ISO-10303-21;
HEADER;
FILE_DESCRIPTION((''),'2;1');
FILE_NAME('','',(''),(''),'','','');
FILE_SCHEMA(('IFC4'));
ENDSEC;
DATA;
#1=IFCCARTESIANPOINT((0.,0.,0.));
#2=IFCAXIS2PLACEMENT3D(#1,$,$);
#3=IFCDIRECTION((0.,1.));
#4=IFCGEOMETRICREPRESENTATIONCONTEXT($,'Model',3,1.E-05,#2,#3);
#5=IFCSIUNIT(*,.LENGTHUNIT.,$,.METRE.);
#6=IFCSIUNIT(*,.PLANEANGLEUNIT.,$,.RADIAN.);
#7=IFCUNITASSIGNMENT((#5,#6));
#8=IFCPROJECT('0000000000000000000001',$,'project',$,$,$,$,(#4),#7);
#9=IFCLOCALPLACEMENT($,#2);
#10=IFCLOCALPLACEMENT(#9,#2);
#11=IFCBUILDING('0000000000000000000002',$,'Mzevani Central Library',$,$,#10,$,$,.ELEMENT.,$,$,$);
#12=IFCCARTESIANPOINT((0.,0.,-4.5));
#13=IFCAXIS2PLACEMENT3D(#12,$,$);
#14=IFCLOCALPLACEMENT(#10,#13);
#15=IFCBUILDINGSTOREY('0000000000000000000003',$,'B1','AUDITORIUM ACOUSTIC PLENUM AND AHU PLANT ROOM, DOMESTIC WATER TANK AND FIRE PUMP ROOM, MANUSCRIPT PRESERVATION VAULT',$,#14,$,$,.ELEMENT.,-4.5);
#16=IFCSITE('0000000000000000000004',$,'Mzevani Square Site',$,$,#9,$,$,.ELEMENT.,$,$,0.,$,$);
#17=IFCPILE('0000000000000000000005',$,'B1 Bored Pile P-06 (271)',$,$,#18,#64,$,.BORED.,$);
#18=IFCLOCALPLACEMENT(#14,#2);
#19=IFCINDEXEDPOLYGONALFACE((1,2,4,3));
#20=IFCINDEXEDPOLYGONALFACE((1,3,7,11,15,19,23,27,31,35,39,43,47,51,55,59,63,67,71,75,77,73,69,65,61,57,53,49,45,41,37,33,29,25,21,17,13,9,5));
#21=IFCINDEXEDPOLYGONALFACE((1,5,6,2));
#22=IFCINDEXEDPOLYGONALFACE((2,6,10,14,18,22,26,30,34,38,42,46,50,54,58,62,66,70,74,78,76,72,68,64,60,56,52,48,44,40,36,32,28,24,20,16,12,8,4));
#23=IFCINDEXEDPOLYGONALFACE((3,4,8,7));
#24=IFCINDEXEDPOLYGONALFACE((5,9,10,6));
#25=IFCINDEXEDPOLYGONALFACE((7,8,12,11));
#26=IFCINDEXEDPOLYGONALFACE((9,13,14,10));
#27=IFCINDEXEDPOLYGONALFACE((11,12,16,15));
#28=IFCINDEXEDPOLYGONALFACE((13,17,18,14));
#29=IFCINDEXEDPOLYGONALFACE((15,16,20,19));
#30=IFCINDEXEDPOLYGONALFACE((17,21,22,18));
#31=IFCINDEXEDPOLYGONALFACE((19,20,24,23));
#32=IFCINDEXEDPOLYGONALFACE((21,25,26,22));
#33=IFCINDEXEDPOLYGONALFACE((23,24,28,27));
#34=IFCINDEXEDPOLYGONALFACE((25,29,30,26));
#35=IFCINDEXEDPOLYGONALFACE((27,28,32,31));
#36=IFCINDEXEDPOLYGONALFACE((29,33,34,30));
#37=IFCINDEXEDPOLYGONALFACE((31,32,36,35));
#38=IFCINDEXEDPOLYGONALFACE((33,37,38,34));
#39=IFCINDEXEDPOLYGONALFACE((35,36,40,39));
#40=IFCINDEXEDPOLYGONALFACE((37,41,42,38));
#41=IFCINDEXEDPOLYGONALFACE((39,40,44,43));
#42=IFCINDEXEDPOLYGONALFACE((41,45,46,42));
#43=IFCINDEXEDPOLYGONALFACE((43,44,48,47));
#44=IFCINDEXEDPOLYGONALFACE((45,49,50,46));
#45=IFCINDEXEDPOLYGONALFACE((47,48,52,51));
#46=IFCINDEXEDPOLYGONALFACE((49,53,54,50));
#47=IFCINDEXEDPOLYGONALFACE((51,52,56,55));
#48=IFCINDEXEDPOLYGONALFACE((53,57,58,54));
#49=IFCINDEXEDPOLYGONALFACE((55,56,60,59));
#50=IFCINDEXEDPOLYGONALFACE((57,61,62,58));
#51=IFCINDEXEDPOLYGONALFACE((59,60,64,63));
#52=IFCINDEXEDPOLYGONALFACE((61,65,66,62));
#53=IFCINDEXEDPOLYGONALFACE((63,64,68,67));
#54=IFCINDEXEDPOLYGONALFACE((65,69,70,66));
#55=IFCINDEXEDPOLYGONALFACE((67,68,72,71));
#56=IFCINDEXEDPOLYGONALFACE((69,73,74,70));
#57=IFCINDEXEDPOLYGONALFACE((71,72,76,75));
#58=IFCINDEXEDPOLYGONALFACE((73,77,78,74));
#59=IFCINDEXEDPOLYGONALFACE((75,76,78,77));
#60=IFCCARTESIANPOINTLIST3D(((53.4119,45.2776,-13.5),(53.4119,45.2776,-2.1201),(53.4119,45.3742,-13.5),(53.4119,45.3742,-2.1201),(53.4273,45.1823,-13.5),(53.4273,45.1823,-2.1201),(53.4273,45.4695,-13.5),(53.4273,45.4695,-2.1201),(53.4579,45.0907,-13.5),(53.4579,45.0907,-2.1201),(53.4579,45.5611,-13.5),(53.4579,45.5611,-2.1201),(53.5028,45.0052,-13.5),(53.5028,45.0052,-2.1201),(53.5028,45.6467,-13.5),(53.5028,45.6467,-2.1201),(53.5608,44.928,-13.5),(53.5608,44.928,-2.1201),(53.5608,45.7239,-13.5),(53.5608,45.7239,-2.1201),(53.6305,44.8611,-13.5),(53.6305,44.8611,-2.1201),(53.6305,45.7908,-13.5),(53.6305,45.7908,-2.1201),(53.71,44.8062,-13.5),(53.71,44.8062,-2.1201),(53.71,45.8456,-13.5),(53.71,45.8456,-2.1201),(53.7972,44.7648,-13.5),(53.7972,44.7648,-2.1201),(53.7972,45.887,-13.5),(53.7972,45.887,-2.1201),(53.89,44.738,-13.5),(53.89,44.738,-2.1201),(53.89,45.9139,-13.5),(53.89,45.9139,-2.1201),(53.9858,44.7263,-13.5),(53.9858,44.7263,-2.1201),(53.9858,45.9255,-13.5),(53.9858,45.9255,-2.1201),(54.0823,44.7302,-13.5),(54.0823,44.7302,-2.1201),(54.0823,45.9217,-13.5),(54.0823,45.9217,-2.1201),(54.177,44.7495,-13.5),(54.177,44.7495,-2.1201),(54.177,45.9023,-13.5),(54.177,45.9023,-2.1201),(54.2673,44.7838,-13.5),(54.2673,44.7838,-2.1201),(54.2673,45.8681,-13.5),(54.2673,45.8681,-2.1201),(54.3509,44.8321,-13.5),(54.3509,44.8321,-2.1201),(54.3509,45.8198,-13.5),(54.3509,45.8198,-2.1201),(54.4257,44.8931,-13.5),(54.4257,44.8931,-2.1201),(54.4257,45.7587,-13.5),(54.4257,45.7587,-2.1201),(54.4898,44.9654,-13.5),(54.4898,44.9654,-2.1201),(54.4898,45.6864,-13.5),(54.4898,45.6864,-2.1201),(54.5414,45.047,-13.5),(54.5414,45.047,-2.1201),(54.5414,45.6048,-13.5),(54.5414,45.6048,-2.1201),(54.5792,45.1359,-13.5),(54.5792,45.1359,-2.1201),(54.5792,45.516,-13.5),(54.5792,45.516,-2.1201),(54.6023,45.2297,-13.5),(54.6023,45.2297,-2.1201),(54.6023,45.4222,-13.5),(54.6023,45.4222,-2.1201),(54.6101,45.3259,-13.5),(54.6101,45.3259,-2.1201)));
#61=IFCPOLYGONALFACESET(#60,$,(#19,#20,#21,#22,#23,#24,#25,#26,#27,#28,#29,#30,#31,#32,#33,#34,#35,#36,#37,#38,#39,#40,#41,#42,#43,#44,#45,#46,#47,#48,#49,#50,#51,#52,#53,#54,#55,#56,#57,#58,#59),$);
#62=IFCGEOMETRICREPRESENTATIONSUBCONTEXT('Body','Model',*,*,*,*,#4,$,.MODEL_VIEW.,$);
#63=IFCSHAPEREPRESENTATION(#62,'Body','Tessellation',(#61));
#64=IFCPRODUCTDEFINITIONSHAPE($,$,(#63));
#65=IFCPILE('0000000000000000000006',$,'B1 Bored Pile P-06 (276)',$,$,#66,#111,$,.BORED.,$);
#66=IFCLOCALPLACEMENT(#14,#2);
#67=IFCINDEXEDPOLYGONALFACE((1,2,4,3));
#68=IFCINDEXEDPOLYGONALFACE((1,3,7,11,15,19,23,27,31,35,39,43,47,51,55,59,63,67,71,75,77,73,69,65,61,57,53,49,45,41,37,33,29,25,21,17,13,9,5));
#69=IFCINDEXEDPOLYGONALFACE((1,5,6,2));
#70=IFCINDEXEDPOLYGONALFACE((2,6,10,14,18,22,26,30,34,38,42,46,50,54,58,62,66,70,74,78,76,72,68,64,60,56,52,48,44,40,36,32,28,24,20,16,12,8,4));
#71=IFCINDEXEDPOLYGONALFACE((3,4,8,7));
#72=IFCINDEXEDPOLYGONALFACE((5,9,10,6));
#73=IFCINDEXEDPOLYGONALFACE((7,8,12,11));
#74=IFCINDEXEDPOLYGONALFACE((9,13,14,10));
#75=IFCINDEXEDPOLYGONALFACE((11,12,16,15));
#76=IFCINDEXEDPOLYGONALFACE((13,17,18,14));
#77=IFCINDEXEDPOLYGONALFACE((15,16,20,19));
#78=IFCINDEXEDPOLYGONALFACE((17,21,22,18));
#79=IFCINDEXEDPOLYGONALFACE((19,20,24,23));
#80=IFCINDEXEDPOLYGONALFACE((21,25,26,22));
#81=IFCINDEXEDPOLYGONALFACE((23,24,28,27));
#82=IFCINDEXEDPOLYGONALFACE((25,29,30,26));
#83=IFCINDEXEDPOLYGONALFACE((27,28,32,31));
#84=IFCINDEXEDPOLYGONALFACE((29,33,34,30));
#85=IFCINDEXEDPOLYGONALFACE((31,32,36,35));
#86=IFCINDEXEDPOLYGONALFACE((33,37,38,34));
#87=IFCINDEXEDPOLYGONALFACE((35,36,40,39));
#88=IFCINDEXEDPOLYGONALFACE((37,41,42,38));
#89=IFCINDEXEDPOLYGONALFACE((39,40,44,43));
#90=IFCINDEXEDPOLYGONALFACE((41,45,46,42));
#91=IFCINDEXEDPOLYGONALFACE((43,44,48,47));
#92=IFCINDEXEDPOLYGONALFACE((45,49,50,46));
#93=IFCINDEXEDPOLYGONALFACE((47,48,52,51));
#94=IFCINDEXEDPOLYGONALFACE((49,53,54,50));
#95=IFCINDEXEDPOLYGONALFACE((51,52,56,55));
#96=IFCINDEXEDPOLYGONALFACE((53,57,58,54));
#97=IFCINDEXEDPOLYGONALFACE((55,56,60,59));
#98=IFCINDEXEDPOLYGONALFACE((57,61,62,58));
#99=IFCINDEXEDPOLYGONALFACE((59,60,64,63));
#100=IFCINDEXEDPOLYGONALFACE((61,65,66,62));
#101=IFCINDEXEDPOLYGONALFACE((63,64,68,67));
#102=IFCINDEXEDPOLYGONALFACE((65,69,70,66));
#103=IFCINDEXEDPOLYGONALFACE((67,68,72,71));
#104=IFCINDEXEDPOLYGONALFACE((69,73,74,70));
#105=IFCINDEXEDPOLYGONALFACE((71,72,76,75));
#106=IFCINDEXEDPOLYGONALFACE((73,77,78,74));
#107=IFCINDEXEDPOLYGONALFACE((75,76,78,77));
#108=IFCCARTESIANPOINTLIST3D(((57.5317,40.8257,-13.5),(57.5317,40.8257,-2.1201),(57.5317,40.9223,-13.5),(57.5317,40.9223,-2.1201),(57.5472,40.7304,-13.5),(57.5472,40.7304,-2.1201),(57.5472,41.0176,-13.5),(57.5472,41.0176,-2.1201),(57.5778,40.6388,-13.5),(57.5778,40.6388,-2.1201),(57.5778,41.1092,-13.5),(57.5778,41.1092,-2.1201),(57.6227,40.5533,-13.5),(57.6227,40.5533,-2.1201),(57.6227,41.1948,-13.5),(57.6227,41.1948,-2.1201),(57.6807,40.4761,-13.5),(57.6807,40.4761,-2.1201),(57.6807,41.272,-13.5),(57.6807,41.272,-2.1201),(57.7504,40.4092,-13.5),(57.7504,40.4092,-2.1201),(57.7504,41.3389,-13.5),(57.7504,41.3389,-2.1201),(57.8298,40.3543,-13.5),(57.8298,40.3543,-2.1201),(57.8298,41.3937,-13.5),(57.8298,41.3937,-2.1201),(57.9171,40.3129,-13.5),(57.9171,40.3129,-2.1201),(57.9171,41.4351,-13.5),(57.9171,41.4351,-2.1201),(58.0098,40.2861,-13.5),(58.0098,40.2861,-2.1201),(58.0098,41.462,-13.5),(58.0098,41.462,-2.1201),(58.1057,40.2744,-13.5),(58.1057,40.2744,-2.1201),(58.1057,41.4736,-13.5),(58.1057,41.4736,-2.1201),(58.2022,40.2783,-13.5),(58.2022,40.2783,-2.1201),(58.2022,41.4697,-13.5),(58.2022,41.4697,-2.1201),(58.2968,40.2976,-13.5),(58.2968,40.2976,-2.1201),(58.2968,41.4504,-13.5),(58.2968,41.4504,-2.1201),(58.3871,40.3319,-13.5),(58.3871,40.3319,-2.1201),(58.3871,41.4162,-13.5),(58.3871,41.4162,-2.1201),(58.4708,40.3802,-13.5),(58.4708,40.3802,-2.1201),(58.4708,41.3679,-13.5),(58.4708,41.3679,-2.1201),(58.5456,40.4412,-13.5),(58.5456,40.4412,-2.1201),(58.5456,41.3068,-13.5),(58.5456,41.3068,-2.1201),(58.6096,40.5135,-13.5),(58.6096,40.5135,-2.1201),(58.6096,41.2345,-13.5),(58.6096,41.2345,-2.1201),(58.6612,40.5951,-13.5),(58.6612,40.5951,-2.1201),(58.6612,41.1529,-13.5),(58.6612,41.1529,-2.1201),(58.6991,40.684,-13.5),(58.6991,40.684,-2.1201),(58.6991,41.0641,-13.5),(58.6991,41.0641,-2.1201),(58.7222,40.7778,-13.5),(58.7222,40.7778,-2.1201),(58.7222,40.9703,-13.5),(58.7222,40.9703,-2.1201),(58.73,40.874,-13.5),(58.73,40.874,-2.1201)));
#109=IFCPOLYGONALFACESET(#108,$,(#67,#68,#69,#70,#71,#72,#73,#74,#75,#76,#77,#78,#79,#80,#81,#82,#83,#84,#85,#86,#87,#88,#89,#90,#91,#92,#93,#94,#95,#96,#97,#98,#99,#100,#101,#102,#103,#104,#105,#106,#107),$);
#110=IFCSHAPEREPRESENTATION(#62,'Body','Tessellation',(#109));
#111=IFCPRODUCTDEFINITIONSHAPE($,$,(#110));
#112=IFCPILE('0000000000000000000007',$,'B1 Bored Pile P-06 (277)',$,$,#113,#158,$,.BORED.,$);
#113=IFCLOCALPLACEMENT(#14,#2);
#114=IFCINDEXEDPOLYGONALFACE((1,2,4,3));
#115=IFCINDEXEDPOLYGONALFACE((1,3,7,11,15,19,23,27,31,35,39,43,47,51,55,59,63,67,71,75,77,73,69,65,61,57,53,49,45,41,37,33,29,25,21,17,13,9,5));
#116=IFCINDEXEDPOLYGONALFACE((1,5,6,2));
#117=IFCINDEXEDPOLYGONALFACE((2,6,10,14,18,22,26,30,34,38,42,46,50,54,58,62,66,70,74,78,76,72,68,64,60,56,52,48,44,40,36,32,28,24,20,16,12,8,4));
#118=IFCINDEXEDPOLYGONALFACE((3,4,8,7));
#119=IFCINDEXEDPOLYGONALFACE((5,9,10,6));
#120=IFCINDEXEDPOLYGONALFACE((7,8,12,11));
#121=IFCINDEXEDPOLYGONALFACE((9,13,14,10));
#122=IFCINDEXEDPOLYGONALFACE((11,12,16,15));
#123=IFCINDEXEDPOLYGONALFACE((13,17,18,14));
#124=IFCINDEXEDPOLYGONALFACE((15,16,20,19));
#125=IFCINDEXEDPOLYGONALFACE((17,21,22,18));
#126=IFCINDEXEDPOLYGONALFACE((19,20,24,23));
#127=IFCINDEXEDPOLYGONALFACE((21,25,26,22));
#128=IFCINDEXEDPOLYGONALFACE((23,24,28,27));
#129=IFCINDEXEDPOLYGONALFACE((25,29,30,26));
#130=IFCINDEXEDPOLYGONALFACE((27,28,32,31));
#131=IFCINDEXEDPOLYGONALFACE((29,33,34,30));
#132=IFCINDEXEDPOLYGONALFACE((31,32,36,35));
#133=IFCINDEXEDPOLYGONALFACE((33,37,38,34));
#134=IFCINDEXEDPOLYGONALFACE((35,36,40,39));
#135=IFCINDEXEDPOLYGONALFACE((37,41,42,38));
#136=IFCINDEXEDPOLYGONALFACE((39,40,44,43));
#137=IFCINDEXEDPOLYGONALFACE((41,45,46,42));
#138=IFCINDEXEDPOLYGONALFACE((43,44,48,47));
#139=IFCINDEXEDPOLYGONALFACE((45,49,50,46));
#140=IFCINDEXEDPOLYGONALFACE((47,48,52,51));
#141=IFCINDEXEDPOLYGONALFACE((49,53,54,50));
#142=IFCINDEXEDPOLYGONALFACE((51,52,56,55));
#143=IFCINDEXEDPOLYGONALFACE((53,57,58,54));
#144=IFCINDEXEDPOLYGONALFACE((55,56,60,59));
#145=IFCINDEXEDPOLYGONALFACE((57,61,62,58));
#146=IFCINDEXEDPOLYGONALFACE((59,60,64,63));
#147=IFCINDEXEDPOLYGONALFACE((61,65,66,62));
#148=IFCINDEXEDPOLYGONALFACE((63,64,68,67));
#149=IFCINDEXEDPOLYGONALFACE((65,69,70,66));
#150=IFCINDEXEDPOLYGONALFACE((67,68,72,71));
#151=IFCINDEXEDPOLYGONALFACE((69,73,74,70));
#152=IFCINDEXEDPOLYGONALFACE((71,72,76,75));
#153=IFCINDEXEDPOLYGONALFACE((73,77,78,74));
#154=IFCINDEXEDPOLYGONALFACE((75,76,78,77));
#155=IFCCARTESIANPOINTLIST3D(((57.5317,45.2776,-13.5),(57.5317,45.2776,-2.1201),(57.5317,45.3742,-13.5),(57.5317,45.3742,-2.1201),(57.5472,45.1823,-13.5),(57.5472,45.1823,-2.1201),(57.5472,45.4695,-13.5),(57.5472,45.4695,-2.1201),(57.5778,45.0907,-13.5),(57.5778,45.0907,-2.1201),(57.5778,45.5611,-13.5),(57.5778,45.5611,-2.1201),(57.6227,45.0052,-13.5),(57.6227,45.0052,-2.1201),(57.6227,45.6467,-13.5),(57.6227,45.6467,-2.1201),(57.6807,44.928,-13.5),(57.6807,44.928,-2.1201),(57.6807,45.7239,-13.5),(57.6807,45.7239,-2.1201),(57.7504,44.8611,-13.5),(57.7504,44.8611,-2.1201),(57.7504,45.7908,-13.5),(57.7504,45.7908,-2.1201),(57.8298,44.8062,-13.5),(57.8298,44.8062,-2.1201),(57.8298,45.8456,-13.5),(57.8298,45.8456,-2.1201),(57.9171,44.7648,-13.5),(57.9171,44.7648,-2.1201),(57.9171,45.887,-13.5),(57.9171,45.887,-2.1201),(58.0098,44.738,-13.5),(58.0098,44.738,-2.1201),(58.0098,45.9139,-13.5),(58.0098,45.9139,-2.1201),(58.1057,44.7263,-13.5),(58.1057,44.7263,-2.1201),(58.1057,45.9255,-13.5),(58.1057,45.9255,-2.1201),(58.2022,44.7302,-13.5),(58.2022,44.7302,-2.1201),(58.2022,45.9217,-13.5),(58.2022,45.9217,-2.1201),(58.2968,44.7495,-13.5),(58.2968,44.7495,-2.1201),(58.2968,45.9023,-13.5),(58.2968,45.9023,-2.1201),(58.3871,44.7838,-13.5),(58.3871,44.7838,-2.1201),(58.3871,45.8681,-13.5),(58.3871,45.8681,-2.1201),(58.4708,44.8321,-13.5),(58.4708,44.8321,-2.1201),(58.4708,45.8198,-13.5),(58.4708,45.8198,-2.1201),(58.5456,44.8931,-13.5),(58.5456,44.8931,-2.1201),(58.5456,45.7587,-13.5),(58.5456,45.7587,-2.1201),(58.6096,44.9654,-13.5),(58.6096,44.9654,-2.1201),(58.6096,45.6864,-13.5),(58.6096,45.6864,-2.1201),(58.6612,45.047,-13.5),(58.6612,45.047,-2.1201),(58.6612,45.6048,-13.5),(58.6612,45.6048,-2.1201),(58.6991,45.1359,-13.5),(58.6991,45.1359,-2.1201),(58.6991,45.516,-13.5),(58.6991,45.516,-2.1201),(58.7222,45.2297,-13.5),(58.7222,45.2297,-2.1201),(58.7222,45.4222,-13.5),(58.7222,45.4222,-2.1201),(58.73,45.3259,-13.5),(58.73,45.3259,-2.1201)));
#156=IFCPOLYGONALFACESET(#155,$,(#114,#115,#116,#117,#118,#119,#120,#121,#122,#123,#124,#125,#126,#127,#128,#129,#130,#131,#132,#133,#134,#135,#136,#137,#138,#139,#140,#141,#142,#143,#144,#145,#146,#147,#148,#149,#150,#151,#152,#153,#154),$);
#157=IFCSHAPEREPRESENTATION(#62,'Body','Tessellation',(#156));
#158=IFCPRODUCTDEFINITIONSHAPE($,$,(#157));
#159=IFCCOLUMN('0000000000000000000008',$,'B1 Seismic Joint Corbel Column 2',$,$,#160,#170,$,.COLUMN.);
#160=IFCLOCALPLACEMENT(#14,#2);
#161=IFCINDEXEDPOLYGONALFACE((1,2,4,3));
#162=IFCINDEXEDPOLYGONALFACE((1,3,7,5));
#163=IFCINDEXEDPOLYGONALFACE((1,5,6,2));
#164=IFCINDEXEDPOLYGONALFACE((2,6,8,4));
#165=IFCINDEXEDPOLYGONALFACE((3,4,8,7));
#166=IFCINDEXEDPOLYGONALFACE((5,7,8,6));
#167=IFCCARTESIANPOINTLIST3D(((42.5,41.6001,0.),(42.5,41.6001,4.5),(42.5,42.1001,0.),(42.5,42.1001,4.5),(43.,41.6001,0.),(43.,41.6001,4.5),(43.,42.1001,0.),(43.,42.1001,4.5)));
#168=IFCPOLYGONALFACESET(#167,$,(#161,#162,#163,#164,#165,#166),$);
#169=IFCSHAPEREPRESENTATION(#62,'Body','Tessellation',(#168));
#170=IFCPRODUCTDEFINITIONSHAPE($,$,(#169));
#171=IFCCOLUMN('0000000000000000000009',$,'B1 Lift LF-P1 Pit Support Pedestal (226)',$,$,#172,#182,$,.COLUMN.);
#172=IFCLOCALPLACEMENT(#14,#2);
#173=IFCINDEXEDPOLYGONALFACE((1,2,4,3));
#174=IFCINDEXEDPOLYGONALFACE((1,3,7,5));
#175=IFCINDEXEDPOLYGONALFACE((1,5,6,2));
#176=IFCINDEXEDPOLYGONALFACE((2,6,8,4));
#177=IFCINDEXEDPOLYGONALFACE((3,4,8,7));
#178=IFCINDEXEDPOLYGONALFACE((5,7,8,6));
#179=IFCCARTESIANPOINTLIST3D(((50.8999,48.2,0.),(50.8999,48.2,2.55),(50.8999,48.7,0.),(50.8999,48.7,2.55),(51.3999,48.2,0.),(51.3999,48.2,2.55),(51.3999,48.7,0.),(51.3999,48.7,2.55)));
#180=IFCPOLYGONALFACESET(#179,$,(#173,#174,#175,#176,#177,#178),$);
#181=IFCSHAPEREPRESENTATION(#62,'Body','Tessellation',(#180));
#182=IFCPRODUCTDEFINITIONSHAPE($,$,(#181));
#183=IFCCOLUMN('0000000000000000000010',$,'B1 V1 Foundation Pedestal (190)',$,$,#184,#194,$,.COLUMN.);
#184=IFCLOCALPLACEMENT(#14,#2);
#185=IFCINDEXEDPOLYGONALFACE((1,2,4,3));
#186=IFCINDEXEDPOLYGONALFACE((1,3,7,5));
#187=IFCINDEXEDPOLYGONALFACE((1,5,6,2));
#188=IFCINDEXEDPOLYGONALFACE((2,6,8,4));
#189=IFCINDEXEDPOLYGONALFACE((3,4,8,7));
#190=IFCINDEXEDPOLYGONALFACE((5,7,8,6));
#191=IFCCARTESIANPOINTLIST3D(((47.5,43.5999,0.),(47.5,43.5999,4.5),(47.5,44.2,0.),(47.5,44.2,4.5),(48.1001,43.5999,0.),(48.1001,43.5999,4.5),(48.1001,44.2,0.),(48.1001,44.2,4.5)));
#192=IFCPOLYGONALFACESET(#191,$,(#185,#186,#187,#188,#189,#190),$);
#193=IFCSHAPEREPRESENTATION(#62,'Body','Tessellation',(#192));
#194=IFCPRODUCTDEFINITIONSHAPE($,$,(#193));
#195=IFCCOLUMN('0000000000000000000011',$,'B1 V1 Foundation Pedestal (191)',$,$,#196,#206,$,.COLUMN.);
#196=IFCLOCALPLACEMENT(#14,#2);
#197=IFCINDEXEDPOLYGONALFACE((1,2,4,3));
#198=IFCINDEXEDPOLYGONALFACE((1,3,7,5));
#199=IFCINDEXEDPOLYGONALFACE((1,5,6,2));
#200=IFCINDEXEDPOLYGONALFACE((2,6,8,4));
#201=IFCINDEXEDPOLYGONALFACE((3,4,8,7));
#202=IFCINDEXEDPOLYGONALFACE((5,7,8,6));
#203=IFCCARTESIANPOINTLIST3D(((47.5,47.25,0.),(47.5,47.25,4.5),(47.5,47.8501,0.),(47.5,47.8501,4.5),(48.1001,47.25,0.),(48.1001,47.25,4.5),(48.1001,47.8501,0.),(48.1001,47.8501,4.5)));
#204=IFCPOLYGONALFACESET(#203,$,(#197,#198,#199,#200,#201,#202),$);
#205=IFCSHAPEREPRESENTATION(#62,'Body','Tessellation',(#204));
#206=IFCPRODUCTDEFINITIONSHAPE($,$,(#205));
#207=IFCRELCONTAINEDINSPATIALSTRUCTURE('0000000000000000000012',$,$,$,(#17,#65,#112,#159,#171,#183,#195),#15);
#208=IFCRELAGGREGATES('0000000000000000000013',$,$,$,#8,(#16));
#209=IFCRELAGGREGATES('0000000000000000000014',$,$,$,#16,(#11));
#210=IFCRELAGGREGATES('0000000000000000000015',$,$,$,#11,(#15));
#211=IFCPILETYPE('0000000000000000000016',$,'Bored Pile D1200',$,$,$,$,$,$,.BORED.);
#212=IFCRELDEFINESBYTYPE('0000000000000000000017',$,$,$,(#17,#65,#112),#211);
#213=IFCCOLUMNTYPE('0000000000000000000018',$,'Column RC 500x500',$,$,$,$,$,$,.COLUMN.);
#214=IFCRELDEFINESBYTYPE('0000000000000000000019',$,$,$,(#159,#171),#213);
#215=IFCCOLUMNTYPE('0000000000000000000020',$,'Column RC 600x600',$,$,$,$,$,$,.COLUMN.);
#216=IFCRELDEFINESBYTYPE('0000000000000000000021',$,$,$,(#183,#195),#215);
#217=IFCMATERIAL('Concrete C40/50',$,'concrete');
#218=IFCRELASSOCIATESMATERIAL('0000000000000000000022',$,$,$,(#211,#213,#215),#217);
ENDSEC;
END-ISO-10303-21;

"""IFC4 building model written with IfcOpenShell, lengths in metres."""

from ifc_helpers import new_model, si_unit, direction, frame, origin, origin_2d, place, context, subcontext, project, spatial, rectangle, circle, extrude, material, material_profile, profile_set, type_object, element, save


model = new_model("IFC4")

# Units and contexts
model_context = context("Model", 3, precision=1e-05, world=origin(), true_north=direction((0.0, 1.0)))
body_context = subcontext(model_context, "Body", "Model", "MODEL_VIEW")
ifc_project = project(units=[si_unit("LENGTHUNIT", "METRE"), si_unit("PLANEANGLEUNIT", "RADIAN")], contexts=[model_context])

# Site, building, storey
site_placement = place(None, origin())
site = spatial("IfcSite", under=ifc_project, at=site_placement, Name="Mzevani Square Site", CompositionType="ELEMENT", RefElevation=0.0)
building_placement = place(site_placement, origin())
building = spatial("IfcBuilding", under=site, at=building_placement, Name="Mzevani Central Library", CompositionType="ELEMENT")
storey_placement = place(building_placement, frame((0.0, 0.0, -4.5)))
storey = spatial("IfcBuildingStorey", under=building, at=storey_placement, Name="B1", Description="AUDITORIUM ACOUSTIC PLENUM AND AHU PLANT ROOM, DOMESTIC WATER TANK AND FIRE PUMP ROOM, MANUSCRIPT PRESERVATION VAULT", CompositionType="ELEMENT", Elevation=-4.5)

# Piles
ifc_material_1 = material(Name="Concrete C40/50", Category="concrete")
ifc_material_profile_1 = material_profile(ifc_material_1, circle(Radius=0.6001, at=origin_2d()), Name="PILE D1200")
ifc_profile_set_1 = profile_set([ifc_material_profile_1], Name="Concrete C40/50")
pile_type = type_object("IfcPileType", Name="Bored Pile D1200", PredefinedType="BORED", material=ifc_profile_set_1)
for number, where, z_axis, x_axis, name in (
    (1, (54.01, 45.3259, -2.1201), (0.0, 0.0, -1.0), (1.0, 0.0, 0.0), "B1 Bored Pile P-06 (271)"),
    (2, (58.1299, 40.874, -2.1201), (0.0, 0.0, -1.0), (1.0, 0.0, 0.0), "B1 Bored Pile P-06 (276)"),
    (3, (58.1299, 45.3259, -2.1201), (0.0, 0.0, -1.0), (1.0, 0.0, 0.0), "B1 Bored Pile P-06 (277)"),
):
    element("IfcPile", number, at=place(storey_placement, frame(where, z_axis=z_axis, x_axis=x_axis)), inside=storey, type_object=pile_type, Name=name, PredefinedType="BORED", context=body_context, shape_type="SweptSolid", body=[
        extrude(circle(Radius=0.6001, at=origin_2d()), origin(), (0.0, 0.0, 1.0), 11.3799),
    ])

# Columns
ifc_material_profile_2 = material_profile(ifc_material_1, rectangle(XDim=0.5, YDim=0.5, at=origin_2d()), Name="RC 500x500")
ifc_profile_set_2 = profile_set([ifc_material_profile_2], Name="Concrete C40/50")
column_type_1 = type_object("IfcColumnType", Name="Column RC 500x500", PredefinedType="COLUMN", material=ifc_profile_set_2)
column_1_placement = place(storey_placement, frame((42.75, 41.8501, 0.0), z_axis=(0.0, 0.0, 1.0), x_axis=(1.0, 0.0, 0.0)))
element("IfcColumn", 4, at=column_1_placement, inside=storey, type_object=column_type_1, Name="B1 Seismic Joint Corbel Column 2", PredefinedType="COLUMN", context=body_context, shape_type="SweptSolid", body=[
    extrude(rectangle(XDim=0.5, YDim=0.5, at=origin_2d()), origin(), (0.0, 0.0, 1.0), 4.5),
])
column_2_placement = place(storey_placement, frame((51.1499, 48.45, 0.0), z_axis=(0.0, 0.0, 1.0), x_axis=(1.0, 0.0, 0.0)))
element("IfcColumn", 5, at=column_2_placement, inside=storey, type_object=column_type_1, Name="B1 Lift LF-P1 Pit Support Pedestal (226)", PredefinedType="COLUMN", context=body_context, shape_type="SweptSolid", body=[
    extrude(rectangle(XDim=0.5, YDim=0.5, at=origin_2d()), origin(), (0.0, 0.0, 1.0), 2.55),
])
ifc_material_profile_3 = material_profile(ifc_material_1, rectangle(XDim=0.6001, YDim=0.6001, at=origin_2d()), Name="RC 600x600")
ifc_profile_set_3 = profile_set([ifc_material_profile_3], Name="Concrete C40/50")
column_type_2 = type_object("IfcColumnType", Name="Column RC 600x600", PredefinedType="COLUMN", material=ifc_profile_set_3)
for number, where, z_axis, x_axis, name in (
    (6, (47.8, 43.8999, 0.0), (0.0, 0.0, 1.0), (1.0, 0.0, 0.0), "B1 V1 Foundation Pedestal (190)"),
    (7, (47.8, 47.55, 0.0), (0.0, 0.0, 1.0), (1.0, 0.0, 0.0), "B1 V1 Foundation Pedestal (191)"),
):
    element("IfcColumn", number, at=place(storey_placement, frame(where, z_axis=z_axis, x_axis=x_axis)), inside=storey, type_object=column_type_2, Name=name, PredefinedType="COLUMN", context=body_context, shape_type="SweptSolid", body=[
        extrude(rectangle(XDim=0.6001, YDim=0.6001, at=origin_2d()), origin(), (0.0, 0.0, 1.0), 4.5),
    ])

save(model, "model.ifc")
